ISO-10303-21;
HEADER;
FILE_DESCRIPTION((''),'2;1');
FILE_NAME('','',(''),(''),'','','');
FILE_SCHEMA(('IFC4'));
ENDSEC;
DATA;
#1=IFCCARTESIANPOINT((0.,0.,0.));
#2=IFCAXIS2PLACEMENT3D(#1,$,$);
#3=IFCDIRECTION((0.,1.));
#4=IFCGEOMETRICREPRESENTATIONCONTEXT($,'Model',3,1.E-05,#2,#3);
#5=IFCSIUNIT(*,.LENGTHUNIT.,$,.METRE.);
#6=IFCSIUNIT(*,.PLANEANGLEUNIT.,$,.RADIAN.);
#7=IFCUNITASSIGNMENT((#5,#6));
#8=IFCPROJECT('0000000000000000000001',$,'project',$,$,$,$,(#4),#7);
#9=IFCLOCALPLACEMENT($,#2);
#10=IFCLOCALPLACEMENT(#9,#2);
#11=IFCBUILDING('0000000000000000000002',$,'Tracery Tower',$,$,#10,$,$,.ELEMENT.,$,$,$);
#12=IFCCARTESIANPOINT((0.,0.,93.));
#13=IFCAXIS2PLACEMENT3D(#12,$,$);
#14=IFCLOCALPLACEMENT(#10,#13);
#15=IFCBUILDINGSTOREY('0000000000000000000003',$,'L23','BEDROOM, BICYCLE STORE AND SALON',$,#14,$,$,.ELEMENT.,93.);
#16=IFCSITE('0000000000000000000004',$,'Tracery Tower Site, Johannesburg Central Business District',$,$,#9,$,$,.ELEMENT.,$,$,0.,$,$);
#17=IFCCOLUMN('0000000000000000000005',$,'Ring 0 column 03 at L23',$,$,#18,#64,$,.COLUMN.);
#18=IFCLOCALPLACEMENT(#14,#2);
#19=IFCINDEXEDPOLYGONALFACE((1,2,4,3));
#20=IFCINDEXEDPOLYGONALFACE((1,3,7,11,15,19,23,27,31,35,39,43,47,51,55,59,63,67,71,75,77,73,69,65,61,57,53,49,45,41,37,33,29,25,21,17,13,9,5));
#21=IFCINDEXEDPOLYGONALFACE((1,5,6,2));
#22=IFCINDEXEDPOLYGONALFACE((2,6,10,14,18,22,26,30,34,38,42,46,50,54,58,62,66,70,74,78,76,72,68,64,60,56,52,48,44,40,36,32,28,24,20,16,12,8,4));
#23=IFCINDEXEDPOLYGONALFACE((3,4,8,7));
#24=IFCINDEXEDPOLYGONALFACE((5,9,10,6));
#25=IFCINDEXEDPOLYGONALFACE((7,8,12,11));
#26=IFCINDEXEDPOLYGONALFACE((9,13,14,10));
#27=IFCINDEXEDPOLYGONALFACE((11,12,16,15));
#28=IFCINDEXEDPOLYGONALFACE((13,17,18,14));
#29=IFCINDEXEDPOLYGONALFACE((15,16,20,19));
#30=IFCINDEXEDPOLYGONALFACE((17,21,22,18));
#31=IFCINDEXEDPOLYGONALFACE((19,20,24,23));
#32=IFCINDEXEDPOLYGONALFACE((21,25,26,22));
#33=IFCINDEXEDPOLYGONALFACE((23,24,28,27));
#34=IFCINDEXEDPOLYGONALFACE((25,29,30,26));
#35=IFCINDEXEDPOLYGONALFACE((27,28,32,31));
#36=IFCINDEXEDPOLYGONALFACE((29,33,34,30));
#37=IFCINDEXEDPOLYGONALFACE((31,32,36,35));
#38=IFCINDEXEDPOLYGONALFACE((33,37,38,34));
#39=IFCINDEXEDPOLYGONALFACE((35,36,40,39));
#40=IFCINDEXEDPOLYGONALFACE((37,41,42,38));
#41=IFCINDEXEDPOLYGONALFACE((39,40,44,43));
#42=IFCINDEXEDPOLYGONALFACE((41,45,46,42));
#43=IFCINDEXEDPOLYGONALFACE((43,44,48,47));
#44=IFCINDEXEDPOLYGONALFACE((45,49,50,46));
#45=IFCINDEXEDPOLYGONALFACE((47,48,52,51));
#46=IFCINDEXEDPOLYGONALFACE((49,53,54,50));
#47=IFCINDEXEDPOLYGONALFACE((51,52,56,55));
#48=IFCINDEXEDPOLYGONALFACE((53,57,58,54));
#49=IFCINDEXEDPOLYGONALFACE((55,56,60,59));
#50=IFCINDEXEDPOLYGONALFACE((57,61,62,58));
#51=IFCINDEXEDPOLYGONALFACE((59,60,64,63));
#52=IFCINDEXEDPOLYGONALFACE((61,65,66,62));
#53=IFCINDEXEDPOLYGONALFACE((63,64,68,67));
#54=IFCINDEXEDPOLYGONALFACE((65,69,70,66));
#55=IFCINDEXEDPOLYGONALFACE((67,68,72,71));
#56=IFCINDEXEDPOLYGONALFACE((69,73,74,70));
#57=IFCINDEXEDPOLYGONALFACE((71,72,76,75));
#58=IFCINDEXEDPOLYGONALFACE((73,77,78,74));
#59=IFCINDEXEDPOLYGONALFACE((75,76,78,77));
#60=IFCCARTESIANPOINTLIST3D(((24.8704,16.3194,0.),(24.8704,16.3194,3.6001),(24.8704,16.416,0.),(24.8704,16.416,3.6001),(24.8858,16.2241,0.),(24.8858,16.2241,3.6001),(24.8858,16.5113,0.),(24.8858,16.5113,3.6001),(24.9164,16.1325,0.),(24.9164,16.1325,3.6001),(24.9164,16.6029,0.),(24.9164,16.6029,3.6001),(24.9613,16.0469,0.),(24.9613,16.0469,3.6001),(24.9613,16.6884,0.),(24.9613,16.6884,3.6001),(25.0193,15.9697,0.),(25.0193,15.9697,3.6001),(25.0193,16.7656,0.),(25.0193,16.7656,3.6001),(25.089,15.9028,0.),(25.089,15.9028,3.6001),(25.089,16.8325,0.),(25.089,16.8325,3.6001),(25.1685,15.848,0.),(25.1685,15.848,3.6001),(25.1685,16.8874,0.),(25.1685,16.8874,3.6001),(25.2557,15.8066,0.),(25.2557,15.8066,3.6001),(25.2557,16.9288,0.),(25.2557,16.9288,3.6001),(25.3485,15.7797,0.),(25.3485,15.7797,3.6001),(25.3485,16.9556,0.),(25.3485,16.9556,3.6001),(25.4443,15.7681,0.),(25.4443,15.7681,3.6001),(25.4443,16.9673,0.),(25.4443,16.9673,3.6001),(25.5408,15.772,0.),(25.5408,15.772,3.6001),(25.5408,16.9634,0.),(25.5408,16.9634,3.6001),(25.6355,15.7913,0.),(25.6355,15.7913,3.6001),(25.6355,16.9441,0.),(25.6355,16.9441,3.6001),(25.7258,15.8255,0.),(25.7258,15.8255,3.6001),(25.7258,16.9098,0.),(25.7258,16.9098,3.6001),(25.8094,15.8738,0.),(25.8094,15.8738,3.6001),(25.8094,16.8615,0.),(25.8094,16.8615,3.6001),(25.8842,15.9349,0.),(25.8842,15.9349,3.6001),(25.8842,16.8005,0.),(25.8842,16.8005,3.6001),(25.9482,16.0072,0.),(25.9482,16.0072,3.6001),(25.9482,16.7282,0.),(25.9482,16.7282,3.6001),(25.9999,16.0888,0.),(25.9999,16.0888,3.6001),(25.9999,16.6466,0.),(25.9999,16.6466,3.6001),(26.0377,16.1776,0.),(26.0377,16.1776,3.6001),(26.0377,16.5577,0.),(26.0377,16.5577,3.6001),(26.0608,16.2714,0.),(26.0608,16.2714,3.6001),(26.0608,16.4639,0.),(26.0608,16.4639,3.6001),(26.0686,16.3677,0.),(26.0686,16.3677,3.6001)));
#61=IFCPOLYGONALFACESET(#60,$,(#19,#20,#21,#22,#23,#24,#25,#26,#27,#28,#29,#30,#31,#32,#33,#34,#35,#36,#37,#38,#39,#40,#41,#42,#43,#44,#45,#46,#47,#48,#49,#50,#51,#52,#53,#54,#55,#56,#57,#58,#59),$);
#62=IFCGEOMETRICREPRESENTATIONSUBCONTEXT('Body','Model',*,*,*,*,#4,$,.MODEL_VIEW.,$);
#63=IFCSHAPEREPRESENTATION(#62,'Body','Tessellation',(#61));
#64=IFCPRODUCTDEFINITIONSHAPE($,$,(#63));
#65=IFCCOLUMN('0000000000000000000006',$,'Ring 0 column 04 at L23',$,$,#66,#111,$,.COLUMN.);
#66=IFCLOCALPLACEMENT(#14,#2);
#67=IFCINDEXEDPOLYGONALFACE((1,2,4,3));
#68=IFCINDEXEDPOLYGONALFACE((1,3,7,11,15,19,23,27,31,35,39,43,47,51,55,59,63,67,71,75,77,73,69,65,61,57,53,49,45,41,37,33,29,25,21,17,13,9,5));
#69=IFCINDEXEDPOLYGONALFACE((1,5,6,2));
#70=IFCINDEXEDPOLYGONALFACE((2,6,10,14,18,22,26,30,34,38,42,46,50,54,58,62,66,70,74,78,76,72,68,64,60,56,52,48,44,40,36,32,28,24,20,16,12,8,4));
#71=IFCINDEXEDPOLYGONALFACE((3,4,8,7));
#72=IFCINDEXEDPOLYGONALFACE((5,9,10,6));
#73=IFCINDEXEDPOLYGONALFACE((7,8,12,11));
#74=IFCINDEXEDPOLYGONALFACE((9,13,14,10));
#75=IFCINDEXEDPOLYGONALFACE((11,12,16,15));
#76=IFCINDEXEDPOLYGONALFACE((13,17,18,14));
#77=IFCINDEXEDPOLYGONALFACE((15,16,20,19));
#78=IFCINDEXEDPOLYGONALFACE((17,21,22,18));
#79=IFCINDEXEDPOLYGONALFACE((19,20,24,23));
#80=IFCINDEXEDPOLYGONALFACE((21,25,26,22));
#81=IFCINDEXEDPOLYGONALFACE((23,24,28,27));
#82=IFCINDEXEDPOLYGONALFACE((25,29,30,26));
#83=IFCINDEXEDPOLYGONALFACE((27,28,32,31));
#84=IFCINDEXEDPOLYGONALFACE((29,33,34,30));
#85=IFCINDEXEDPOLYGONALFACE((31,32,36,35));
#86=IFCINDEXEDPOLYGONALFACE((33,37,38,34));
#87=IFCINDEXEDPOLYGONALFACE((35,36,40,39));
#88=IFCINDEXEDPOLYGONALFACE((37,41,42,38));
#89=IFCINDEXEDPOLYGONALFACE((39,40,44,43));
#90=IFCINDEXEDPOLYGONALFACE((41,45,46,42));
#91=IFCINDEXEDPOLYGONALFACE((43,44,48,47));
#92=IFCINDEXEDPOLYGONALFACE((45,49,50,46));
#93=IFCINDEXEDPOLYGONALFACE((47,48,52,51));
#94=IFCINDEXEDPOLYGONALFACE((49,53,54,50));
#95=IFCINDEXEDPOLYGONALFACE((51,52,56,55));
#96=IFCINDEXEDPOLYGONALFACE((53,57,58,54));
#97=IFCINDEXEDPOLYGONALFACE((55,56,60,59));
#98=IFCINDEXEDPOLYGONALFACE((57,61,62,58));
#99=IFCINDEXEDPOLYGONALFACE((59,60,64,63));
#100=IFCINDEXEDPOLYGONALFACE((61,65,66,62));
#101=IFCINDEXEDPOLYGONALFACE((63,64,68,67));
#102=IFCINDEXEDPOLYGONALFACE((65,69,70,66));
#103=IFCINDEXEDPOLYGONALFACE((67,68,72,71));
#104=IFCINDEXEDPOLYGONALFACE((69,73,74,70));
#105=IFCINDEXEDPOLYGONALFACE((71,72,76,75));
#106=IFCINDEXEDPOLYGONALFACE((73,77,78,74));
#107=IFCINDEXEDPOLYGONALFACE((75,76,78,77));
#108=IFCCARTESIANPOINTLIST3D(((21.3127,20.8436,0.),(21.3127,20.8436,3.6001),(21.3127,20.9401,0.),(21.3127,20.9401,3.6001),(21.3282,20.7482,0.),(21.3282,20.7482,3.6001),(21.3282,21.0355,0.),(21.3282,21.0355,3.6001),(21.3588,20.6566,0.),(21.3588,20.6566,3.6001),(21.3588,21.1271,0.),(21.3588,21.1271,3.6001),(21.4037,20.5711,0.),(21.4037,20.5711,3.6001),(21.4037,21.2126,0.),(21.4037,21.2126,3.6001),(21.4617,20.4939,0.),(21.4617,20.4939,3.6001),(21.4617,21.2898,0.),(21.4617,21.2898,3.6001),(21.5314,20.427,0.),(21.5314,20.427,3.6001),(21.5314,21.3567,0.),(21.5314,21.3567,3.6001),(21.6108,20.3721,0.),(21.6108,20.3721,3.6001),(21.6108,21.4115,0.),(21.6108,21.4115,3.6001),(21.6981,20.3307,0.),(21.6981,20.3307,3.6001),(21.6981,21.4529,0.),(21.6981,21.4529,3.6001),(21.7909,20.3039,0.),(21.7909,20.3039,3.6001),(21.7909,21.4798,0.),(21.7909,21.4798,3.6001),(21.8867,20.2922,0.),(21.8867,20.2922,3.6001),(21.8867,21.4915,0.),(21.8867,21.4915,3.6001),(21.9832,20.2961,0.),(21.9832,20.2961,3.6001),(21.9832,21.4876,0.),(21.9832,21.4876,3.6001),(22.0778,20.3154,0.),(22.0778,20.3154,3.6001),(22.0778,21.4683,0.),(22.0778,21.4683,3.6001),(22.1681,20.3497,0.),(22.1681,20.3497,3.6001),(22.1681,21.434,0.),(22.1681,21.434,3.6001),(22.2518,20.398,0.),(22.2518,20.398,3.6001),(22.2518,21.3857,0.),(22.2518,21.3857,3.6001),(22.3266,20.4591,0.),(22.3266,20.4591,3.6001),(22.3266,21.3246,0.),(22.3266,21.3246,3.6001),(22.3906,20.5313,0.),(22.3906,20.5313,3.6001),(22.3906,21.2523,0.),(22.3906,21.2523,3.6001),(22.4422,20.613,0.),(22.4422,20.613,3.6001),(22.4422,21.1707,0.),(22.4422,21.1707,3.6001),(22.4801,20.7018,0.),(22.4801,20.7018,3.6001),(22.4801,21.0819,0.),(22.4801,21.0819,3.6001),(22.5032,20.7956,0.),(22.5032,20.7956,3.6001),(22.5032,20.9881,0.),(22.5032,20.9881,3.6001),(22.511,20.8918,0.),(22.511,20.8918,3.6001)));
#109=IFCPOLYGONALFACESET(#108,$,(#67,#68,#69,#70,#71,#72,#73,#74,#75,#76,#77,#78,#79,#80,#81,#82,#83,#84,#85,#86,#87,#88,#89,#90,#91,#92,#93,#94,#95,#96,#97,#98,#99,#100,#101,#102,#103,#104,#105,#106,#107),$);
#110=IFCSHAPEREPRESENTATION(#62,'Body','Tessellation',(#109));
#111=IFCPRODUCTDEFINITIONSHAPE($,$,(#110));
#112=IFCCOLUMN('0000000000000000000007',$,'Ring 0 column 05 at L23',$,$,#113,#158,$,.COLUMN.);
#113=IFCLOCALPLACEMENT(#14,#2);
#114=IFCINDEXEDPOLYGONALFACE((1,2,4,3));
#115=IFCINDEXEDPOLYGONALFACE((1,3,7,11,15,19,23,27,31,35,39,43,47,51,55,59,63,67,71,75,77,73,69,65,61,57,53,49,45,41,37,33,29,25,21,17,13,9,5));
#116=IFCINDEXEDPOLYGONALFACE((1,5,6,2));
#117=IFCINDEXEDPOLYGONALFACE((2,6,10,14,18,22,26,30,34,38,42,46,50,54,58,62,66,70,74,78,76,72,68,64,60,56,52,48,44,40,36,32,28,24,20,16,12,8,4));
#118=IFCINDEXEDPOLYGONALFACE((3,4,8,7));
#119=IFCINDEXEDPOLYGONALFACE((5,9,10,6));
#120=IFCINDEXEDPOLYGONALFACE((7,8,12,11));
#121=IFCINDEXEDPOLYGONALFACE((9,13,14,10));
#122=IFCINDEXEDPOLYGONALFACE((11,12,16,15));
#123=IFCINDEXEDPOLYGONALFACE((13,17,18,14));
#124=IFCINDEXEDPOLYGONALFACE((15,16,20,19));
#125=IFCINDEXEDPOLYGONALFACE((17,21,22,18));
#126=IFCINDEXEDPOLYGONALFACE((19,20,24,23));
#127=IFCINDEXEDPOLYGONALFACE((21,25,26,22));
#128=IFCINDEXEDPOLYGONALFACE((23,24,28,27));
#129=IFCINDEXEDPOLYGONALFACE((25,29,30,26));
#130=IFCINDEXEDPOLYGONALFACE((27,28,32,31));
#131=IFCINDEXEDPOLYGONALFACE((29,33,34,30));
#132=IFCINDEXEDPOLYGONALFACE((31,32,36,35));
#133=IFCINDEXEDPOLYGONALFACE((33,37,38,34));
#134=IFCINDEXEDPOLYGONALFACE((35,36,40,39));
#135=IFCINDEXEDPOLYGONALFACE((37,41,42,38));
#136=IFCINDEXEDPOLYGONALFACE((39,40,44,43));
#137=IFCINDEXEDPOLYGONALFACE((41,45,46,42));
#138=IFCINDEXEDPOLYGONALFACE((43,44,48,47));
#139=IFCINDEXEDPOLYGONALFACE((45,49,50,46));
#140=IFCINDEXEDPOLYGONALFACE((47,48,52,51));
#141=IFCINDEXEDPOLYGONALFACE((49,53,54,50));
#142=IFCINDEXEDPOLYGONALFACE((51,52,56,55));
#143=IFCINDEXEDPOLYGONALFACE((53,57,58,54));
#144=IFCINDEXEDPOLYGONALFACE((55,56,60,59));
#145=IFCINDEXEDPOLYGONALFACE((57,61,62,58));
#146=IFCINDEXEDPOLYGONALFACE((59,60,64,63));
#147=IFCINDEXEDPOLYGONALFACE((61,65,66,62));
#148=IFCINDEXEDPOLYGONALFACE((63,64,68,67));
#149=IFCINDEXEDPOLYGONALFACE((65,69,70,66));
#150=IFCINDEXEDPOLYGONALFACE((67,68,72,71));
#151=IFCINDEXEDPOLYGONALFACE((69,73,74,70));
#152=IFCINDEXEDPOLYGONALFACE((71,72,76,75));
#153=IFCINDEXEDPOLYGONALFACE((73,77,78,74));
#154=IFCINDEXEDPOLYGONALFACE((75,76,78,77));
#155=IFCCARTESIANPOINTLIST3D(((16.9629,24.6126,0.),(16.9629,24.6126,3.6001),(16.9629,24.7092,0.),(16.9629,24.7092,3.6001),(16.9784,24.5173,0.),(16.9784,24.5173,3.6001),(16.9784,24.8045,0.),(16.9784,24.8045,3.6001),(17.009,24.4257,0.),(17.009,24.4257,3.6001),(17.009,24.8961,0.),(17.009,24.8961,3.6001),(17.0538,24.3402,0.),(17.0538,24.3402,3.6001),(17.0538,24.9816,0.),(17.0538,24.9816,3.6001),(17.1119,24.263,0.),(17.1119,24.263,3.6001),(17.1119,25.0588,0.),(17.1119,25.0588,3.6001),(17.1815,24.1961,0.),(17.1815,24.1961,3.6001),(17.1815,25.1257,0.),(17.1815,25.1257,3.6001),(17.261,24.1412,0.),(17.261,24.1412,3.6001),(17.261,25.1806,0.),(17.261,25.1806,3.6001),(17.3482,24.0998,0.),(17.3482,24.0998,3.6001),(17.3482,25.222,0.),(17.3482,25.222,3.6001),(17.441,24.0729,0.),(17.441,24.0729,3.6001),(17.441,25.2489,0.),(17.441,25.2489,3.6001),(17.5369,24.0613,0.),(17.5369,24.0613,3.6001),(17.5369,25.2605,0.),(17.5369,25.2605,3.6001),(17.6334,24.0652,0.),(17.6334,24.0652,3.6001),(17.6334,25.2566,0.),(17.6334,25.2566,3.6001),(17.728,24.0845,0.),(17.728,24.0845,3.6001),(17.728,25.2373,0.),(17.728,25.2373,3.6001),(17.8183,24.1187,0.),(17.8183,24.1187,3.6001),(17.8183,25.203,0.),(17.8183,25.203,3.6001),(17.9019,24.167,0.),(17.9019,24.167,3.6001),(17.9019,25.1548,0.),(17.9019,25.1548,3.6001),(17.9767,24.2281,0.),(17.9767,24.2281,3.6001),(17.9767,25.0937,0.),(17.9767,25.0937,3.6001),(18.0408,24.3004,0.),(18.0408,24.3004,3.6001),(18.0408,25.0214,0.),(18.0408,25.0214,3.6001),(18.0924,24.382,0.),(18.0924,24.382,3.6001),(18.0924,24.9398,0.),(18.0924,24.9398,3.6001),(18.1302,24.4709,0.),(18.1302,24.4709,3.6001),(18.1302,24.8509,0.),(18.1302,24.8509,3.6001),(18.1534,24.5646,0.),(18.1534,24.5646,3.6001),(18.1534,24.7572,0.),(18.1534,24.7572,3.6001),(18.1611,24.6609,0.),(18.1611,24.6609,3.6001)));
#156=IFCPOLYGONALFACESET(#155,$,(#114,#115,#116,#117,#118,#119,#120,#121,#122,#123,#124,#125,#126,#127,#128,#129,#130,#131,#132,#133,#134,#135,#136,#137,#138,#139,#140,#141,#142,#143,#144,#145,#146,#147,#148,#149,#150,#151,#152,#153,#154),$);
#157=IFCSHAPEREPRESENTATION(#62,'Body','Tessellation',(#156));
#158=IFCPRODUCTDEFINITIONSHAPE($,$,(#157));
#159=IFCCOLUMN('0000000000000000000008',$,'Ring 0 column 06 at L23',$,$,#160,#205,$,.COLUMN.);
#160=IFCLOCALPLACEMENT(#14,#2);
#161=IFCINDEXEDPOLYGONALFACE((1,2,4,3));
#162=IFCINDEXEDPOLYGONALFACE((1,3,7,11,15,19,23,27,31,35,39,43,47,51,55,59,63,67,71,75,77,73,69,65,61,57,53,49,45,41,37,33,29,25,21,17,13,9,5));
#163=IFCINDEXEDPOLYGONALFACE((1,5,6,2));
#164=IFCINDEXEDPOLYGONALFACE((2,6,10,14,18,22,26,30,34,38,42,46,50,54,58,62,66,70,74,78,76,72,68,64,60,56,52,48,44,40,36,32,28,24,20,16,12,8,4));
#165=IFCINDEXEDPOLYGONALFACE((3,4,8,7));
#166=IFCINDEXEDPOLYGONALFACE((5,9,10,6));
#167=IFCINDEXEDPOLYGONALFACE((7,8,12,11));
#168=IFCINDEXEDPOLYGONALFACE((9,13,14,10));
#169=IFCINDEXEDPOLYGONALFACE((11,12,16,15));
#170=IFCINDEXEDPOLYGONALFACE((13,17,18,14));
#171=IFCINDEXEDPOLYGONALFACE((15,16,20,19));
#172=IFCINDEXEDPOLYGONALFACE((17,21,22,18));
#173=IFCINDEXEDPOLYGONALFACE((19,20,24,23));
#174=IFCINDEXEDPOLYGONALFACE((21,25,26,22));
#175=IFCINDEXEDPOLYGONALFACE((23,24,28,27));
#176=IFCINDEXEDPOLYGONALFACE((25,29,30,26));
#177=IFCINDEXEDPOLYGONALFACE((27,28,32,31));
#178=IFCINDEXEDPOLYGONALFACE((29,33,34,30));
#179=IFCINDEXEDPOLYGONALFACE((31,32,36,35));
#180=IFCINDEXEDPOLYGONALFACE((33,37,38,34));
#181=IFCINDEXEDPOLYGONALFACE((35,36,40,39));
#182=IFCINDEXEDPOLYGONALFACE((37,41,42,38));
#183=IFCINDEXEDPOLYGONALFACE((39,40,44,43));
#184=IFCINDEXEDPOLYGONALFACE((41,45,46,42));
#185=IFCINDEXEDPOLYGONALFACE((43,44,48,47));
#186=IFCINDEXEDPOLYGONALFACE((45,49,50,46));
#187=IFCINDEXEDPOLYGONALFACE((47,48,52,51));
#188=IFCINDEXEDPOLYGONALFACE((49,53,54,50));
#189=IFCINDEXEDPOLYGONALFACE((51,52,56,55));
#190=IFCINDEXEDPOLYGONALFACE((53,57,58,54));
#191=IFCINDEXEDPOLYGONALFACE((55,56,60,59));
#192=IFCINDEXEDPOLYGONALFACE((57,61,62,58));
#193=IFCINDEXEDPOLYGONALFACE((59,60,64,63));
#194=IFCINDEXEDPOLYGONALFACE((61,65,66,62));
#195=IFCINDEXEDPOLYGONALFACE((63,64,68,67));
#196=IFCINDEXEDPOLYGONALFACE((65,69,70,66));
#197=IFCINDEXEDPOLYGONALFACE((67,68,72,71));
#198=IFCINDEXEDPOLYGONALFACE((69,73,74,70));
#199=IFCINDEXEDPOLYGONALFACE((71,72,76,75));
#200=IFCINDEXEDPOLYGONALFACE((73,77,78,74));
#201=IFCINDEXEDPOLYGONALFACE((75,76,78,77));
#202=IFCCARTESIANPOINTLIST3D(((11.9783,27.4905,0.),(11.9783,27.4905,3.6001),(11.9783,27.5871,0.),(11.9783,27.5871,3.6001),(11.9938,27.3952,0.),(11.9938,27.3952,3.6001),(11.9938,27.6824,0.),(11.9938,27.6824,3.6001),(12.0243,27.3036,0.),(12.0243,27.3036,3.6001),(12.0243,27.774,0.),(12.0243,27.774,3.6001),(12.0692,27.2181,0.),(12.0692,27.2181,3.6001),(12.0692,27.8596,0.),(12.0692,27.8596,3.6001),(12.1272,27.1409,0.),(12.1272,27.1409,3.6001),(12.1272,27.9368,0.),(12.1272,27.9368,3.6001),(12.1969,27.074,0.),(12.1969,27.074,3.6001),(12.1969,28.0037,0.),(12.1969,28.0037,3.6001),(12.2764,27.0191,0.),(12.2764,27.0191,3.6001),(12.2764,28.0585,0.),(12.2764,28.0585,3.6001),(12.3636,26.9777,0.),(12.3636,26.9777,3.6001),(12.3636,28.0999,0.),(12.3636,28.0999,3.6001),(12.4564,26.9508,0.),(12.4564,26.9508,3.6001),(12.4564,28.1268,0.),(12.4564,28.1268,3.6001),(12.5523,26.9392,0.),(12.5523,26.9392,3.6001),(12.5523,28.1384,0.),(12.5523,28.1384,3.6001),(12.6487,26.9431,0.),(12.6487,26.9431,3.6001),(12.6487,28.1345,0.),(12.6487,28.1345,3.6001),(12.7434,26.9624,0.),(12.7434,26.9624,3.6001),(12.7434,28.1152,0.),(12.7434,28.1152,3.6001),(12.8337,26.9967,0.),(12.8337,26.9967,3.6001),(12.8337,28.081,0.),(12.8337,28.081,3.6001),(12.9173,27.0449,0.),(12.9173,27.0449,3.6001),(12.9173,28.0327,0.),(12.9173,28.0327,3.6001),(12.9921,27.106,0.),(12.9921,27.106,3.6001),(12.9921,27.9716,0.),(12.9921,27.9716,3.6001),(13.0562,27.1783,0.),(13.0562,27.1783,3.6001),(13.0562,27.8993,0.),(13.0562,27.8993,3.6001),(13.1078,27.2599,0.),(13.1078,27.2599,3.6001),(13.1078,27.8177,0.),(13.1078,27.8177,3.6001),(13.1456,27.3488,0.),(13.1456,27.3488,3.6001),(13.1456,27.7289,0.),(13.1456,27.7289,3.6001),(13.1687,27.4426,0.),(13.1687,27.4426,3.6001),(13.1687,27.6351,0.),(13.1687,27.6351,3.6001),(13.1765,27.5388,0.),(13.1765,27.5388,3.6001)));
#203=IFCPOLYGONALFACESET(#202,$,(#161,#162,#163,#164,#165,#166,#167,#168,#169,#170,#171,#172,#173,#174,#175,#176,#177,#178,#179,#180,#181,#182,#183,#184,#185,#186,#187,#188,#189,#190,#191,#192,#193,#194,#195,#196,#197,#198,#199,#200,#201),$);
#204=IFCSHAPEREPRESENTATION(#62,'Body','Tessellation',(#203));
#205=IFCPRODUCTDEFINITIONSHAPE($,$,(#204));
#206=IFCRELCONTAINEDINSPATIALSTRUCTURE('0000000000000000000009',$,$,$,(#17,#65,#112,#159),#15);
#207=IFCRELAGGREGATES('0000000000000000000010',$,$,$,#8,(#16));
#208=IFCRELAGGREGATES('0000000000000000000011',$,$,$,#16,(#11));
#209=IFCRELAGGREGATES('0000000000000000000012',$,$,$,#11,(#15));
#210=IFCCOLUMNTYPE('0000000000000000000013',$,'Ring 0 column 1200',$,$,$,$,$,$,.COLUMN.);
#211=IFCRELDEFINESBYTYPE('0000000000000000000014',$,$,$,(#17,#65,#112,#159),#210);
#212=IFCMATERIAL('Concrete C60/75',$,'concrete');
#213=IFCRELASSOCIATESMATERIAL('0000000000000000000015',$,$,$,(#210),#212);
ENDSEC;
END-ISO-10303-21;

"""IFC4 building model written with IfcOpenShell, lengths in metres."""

from ifc_helpers import new_model, si_unit, direction, frame, origin, origin_2d, place, context, subcontext, project, spatial, circle, extrude, material, material_profile, profile_set, type_object, element, save


model = new_model("IFC4")

# Units and contexts
model_context = context("Model", 3, precision=1e-05, world=origin(), true_north=direction((0.0, 1.0)))
body_context = subcontext(model_context, "Body", "Model", "MODEL_VIEW")
ifc_project = project(units=[si_unit("LENGTHUNIT", "METRE"), si_unit("PLANEANGLEUNIT", "RADIAN")], contexts=[model_context])

# Site, building, storey
site_placement = place(None, origin())
site = spatial("IfcSite", under=ifc_project, at=site_placement, Name="Tracery Tower Site, Johannesburg Central Business District", CompositionType="ELEMENT", RefElevation=0.0)
building_placement = place(site_placement, origin())
building = spatial("IfcBuilding", under=site, at=building_placement, Name="Tracery Tower", CompositionType="ELEMENT")
storey_placement = place(building_placement, frame((0.0, 0.0, 93.0)))
storey = spatial("IfcBuildingStorey", under=building, at=storey_placement, Name="L23", Description="BEDROOM, BICYCLE STORE AND SALON", CompositionType="ELEMENT", Elevation=93.0)

# Columns
ifc_material_1 = material(Name="Concrete C60/75", Category="concrete")
ifc_material_profile_1 = material_profile(ifc_material_1, circle(Radius=0.6001, at=origin_2d()), Name="RC D1200")
ifc_profile_set_1 = profile_set([ifc_material_profile_1], Name="Concrete C60/75")
column_type_1 = type_object("IfcColumnType", Name="Ring 0 column 1200", PredefinedType="COLUMN", material=ifc_profile_set_1)
for number, where, z_axis, x_axis, name in (
    (1, (25.4685, 16.3677, 0.0), (0.0, 0.0, 1.0), (1.0, 0.0, 0.0), "Ring 0 column 03 at L23"),
    (2, (21.9109, 20.8918, 0.0), (0.0, 0.0, 1.0), (1.0, 0.0, 0.0), "Ring 0 column 04 at L23"),
    (3, (17.561, 24.6609, 0.0), (0.0, 0.0, 1.0), (1.0, 0.0, 0.0), "Ring 0 column 05 at L23"),
    (4, (12.5764, 27.5388, 0.0), (0.0, 0.0, 1.0), (1.0, 0.0, 0.0), "Ring 0 column 06 at L23"),
):
    element("IfcColumn", number, at=place(storey_placement, frame(where, z_axis=z_axis, x_axis=x_axis)), inside=storey, type_object=column_type_1, Name=name, PredefinedType="COLUMN", context=body_context, shape_type="SweptSolid", body=[
        extrude(circle(Radius=0.6001, at=origin_2d()), origin(), (0.0, 0.0, 1.0), 3.6001),
    ])

save(model, "model.ifc")
